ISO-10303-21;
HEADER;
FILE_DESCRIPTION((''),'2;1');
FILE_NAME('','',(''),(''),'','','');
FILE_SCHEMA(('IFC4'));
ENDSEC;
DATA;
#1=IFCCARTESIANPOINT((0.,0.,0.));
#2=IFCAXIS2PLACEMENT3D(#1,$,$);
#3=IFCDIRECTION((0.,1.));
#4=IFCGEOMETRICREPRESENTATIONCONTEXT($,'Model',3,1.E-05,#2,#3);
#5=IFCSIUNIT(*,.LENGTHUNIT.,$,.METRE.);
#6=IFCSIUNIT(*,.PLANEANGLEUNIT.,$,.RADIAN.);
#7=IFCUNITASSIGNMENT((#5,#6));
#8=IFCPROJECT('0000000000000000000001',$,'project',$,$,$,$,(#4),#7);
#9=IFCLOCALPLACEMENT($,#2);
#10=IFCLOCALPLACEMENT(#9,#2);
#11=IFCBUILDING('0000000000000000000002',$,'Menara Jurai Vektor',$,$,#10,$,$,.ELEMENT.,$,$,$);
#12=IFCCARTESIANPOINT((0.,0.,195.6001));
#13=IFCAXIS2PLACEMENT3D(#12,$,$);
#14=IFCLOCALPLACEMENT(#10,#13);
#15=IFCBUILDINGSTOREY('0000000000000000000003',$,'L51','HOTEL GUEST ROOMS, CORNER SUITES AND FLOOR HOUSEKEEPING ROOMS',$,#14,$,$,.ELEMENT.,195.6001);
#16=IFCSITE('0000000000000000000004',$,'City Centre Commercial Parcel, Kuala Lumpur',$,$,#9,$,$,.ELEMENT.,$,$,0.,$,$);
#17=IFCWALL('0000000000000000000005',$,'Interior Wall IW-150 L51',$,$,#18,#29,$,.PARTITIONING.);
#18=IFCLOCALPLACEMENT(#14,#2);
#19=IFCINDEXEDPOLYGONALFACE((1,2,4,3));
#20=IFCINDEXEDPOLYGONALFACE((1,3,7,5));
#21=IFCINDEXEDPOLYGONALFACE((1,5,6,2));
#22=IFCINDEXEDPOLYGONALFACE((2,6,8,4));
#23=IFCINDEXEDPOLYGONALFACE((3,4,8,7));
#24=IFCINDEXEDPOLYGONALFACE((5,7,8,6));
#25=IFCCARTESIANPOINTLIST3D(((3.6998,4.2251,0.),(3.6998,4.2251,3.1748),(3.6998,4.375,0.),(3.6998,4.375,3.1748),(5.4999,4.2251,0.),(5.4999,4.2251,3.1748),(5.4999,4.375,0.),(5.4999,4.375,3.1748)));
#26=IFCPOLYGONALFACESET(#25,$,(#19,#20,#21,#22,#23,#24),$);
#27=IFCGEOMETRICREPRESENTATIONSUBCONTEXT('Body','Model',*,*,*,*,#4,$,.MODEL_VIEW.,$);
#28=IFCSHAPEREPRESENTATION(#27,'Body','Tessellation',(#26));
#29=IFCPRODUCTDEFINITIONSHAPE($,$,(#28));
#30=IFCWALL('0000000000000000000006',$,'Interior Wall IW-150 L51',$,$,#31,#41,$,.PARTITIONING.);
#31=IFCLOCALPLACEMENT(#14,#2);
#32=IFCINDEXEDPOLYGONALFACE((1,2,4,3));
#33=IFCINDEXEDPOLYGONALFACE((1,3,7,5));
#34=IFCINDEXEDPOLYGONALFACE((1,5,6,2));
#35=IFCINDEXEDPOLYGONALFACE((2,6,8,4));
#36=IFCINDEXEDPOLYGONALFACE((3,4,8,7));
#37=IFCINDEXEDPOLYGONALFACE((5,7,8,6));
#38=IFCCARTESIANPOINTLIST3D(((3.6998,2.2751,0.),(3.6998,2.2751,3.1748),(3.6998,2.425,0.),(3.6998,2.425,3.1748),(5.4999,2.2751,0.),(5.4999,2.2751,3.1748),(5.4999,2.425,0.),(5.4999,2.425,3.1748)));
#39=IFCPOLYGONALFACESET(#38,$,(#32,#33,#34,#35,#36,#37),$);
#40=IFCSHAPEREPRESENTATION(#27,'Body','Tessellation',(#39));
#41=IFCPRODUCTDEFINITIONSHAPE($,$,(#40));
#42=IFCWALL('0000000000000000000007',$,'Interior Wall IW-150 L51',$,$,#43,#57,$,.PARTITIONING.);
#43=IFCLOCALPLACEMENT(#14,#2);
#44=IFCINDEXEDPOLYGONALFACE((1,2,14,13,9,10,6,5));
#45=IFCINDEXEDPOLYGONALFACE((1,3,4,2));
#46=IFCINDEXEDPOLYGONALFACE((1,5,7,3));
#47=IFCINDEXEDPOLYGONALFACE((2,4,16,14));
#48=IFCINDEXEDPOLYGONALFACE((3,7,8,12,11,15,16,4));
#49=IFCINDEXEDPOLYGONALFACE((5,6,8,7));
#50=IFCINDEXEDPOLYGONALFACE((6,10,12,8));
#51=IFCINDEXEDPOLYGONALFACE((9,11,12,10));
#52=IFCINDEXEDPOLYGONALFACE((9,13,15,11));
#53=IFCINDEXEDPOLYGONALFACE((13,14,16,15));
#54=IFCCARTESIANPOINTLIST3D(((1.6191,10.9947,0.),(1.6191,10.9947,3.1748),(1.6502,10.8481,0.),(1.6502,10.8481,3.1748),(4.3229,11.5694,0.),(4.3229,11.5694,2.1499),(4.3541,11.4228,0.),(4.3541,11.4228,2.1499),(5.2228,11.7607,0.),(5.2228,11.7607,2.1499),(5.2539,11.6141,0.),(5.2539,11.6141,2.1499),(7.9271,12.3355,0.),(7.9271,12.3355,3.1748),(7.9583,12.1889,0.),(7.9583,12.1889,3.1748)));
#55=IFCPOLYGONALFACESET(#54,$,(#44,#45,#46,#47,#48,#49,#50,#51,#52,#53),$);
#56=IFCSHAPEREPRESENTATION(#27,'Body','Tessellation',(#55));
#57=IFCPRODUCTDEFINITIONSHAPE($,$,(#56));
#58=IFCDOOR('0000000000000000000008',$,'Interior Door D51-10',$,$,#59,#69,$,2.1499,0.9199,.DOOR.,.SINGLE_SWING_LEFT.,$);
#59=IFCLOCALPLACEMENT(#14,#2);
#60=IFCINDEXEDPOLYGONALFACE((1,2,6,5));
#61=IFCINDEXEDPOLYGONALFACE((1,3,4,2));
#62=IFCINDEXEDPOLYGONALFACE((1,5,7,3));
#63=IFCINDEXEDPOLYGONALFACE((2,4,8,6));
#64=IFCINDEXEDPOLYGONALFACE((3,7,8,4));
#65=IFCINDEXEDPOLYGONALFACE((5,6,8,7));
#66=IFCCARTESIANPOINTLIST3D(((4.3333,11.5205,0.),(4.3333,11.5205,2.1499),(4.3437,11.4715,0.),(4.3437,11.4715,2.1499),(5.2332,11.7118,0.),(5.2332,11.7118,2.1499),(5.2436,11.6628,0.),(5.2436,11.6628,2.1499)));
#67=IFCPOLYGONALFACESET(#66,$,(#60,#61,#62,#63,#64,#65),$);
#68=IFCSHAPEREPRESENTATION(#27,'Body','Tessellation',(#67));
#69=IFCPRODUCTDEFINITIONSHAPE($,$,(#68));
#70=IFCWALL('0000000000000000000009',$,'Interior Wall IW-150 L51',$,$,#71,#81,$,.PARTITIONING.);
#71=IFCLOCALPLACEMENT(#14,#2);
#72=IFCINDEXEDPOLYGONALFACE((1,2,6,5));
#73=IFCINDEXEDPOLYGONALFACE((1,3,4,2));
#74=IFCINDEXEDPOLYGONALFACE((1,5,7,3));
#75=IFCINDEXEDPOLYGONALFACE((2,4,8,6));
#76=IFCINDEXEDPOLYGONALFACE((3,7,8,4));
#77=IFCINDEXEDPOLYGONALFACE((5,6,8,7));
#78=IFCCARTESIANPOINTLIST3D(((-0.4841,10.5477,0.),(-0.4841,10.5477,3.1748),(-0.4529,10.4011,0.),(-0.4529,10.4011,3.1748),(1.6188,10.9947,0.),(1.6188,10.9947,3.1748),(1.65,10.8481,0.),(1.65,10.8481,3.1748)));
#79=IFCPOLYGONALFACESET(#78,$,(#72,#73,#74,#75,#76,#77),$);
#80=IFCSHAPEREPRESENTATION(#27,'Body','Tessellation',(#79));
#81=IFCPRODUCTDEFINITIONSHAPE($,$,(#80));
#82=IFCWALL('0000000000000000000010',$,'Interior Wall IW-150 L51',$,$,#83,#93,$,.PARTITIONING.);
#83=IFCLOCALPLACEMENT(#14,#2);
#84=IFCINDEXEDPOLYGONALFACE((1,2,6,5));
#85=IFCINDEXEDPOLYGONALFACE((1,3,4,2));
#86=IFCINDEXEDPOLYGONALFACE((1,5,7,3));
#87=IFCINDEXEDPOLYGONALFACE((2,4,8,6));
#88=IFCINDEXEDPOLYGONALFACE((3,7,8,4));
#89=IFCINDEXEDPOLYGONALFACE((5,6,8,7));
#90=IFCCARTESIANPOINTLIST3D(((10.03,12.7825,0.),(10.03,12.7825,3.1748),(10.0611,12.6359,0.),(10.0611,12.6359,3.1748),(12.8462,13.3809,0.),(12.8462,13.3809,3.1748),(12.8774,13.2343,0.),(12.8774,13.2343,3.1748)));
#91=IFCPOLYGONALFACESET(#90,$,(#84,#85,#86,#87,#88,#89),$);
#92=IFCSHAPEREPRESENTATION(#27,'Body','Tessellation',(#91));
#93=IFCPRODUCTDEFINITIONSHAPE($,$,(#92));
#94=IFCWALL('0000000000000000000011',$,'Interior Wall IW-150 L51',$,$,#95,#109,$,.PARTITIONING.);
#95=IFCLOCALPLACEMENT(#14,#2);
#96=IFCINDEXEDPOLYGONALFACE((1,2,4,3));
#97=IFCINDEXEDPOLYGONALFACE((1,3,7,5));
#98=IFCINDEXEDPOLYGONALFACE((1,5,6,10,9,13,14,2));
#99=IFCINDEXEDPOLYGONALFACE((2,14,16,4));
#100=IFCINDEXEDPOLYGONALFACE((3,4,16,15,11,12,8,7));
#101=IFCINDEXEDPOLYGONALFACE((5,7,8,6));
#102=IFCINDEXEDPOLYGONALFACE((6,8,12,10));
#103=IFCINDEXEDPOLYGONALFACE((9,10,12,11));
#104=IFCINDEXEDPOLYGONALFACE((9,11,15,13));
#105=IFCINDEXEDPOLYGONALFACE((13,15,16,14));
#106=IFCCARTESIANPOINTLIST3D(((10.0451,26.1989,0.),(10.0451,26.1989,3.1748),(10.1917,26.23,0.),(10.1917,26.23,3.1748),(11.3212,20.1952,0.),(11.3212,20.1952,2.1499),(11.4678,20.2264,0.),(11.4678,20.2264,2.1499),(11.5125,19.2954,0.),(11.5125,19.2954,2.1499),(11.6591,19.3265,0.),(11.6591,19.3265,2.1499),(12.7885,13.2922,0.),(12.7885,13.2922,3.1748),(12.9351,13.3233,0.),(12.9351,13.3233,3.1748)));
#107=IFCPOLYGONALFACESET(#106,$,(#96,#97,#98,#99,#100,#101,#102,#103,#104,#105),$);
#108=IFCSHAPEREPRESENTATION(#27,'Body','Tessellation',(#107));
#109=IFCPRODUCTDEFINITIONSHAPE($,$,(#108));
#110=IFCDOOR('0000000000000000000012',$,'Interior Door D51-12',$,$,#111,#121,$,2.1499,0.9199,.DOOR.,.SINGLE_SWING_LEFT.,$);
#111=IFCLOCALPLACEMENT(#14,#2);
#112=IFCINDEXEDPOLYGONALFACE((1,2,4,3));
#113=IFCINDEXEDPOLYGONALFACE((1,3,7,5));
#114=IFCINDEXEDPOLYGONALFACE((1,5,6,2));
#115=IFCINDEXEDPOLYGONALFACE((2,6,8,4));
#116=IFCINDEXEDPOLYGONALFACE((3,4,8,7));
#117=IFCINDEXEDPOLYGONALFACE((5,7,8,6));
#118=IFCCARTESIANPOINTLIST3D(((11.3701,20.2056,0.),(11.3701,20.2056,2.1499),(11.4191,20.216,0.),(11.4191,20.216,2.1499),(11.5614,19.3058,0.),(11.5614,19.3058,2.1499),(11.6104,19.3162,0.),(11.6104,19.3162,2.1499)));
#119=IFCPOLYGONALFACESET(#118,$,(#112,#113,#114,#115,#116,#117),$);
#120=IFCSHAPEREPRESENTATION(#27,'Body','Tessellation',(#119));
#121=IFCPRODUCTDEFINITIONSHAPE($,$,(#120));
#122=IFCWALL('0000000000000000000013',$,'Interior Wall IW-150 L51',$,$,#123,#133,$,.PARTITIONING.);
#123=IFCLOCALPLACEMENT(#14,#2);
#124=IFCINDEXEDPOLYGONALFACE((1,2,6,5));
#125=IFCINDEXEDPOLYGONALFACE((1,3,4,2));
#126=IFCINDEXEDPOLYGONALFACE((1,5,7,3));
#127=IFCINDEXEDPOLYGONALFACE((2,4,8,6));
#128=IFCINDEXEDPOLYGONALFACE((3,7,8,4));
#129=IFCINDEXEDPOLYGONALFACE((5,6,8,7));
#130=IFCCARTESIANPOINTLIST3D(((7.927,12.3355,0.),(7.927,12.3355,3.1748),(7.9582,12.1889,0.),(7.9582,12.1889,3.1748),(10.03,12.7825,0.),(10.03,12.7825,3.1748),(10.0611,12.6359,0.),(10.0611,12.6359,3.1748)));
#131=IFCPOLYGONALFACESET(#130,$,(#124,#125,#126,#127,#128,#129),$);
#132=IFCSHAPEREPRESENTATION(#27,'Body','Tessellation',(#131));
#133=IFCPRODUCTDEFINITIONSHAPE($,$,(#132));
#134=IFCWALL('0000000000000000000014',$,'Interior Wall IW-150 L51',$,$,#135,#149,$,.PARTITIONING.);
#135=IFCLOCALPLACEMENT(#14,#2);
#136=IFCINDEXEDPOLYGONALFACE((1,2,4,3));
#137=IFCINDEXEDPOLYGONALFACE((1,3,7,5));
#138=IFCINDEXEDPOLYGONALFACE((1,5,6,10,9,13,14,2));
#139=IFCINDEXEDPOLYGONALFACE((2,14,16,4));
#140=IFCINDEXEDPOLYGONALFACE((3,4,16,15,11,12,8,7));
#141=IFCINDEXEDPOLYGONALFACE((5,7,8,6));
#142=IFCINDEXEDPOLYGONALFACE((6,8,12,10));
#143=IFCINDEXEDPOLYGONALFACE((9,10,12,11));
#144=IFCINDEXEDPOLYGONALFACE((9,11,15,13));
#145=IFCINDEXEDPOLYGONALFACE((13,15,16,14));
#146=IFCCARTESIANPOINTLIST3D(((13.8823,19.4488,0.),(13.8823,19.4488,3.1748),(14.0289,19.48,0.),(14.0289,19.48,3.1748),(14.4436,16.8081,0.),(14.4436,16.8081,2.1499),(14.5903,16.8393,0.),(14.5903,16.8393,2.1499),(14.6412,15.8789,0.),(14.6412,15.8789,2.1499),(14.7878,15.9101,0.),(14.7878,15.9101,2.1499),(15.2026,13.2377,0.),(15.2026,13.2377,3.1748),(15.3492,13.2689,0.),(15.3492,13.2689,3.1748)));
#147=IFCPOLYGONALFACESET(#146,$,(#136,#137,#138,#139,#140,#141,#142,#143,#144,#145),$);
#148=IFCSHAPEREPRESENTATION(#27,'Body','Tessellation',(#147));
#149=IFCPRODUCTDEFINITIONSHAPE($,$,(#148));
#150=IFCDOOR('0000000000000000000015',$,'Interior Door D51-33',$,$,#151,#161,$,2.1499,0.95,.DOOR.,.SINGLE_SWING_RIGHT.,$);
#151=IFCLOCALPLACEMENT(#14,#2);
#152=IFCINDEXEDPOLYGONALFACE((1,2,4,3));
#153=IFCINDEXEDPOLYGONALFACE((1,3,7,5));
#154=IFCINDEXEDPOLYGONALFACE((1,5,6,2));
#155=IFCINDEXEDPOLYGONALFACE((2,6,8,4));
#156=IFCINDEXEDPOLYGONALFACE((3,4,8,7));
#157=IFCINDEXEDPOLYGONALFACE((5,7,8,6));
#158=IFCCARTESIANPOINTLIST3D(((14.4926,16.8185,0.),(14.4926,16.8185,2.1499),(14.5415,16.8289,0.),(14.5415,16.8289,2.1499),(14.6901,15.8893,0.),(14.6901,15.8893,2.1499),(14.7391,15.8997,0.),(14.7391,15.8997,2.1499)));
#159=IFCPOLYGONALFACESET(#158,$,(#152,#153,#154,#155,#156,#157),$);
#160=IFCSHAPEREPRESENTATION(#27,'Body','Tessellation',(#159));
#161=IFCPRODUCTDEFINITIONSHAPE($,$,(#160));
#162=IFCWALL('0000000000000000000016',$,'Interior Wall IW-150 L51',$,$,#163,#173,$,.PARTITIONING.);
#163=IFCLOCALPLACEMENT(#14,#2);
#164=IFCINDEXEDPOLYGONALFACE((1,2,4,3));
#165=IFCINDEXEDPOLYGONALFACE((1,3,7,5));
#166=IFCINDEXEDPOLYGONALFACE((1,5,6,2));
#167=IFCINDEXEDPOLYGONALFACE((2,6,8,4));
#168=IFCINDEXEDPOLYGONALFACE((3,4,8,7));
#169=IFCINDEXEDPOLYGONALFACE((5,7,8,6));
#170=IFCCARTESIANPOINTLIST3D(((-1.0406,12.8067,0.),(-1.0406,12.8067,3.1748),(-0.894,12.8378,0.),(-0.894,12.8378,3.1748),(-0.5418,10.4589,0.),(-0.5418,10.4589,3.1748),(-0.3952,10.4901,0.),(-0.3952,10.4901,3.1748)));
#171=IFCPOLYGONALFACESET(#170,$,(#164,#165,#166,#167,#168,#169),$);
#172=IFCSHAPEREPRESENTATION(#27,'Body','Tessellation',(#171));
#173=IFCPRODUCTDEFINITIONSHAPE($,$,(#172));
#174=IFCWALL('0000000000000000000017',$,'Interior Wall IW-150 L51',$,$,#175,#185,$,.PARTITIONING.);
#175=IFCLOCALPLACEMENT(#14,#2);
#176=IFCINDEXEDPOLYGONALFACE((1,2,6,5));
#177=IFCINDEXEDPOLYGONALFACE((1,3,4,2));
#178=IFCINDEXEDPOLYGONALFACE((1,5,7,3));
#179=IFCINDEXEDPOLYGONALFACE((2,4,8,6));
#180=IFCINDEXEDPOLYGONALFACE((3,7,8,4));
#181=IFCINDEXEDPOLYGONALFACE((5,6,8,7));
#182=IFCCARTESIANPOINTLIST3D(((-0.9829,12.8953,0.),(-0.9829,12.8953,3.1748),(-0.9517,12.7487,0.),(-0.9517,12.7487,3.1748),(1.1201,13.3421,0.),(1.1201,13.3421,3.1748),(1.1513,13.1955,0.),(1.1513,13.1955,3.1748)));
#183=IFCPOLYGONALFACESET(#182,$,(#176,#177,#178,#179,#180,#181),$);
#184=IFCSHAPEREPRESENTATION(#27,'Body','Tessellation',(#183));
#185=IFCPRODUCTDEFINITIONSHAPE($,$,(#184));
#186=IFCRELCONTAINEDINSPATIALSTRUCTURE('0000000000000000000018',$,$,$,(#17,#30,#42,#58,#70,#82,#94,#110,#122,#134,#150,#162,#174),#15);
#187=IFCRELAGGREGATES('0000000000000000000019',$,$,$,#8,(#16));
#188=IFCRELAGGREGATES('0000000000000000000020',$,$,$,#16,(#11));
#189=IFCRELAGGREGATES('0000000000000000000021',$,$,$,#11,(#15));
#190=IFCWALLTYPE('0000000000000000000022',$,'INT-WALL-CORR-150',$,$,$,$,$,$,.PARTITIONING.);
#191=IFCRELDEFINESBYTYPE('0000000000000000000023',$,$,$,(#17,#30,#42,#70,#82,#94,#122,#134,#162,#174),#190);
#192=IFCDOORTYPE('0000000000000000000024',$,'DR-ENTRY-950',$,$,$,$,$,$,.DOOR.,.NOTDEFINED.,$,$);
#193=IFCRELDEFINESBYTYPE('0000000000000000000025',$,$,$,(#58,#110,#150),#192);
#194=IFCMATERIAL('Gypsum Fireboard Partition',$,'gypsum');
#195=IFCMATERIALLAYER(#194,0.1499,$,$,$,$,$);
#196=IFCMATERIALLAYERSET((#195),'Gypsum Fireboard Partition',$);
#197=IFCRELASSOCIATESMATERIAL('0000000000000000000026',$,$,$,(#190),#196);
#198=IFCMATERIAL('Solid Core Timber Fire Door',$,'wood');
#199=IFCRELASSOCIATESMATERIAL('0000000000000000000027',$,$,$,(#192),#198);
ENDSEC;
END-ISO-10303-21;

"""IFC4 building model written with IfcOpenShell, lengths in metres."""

from ifc_helpers import new_model, si_unit, direction, frame, frame_2d, origin, place, context, subcontext, project, spatial, rectangle, extrude, material, layer, layer_set, type_object, element, fill, save


model = new_model("IFC4")

# Units and contexts
model_context = context("Model", 3, precision=1e-05, world=origin(), true_north=direction((0.0, 1.0)))
body_context = subcontext(model_context, "Body", "Model", "MODEL_VIEW")
ifc_project = project(units=[si_unit("LENGTHUNIT", "METRE"), si_unit("PLANEANGLEUNIT", "RADIAN")], contexts=[model_context])

# Site, building, storey
site_placement = place(None, origin())
site = spatial("IfcSite", under=ifc_project, at=site_placement, Name="City Centre Commercial Parcel, Kuala Lumpur", CompositionType="ELEMENT", RefElevation=0.0)
building_placement = place(site_placement, origin())
building = spatial("IfcBuilding", under=site, at=building_placement, Name="Menara Jurai Vektor", CompositionType="ELEMENT")
storey_placement = place(building_placement, frame((0.0, 0.0, 195.6001)))
storey = spatial("IfcBuildingStorey", under=building, at=storey_placement, Name="L51", Description="HOTEL GUEST ROOMS, CORNER SUITES AND FLOOR HOUSEKEEPING ROOMS", CompositionType="ELEMENT", Elevation=195.6001)

# Walls
ifc_material_1 = material(Name="Gypsum Fireboard Partition", Category="gypsum")
ifc_layer_1 = layer(ifc_material_1, 0.1499)
ifc_layer_set_1 = layer_set([ifc_layer_1], Name="Gypsum Fireboard Partition")
wall_type_1 = type_object("IfcWallType", Name="INT-WALL-CORR-150", PredefinedType="PARTITIONING", material=ifc_layer_set_1)
for number, where, z_axis, x_axis, name in (
    (1, (3.7, 4.3, 0.0), (0.0, 0.0, 1.0), (1.0, 0.0, 0.0), "Interior Wall IW-150 L51"),
    (2, (3.7, 2.3501, 0.0), (0.0, 0.0, 1.0), (1.0, 0.0, 0.0), "Interior Wall IW-150 L51"),
):
    element("IfcWall", number, at=place(storey_placement, frame(where, z_axis=z_axis, x_axis=x_axis)), inside=storey, type_object=wall_type_1, Name=name, PredefinedType="PARTITIONING", context=body_context, shape_type="SweptSolid", body=[
        extrude(rectangle(XDim=1.8, YDim=0.1499, at=frame_2d((0.8999, 0.0))), origin(), (0.0, 0.0, 1.0), 3.1748),
    ])

# Wall, opening, door
wall_1_placement = place(storey_placement, frame((1.6345, 10.9214, 0.0), z_axis=(0.0, 0.0, 1.0), x_axis=(0.978148, 0.20791, 0.0)))
wall_1 = element("IfcWall", 3, at=wall_1_placement, inside=storey, type_object=wall_type_1, Name="Interior Wall IW-150 L51", PredefinedType="PARTITIONING", context=body_context, shape_type="SweptSolid", body=[
    extrude(rectangle(XDim=6.449, YDim=0.1499, at=frame_2d((3.2246, 0.0))), origin(), (0.0, 0.0, 1.0), 3.1748),
])
opening_1_placement = place(wall_1_placement, frame((2.7644, 0.0, 0.0)))
opening_1 = element("IfcOpeningElement", 4, at=opening_1_placement, cuts=wall_1, PredefinedType="OPENING", context=body_context, shape_type="SweptSolid", body=[
    extrude(rectangle(XDim=0.9199, YDim=2.1499, at=frame_2d((0.46, 1.075))), frame((0.0, 0.085, 0.0), z_axis=(0.0, -1.0, 0.0), x_axis=(1.0, 0.0, 0.0)), (0.0, 0.0, 1.0), 0.1699),
])
ifc_material_2 = material(Name="Solid Core Timber Fire Door", Category="wood")
door_type_1 = type_object("IfcDoorType", Name="DR-ENTRY-950", OperationType="NOTDEFINED", PredefinedType="DOOR", material=ifc_material_2)
door_1_placement = place(opening_1_placement, origin())
door_1 = element("IfcDoor", 5, at=door_1_placement, inside=storey, type_object=door_type_1, Name="Interior Door D51-10", OperationType="SINGLE_SWING_LEFT", OverallHeight=2.1499, OverallWidth=0.9199, PredefinedType="DOOR", context=body_context, shape_type="SweptSolid", body=[
    extrude(rectangle(XDim=0.9199, YDim=2.1499, at=frame_2d((0.46, 1.075))), frame((0.0, 0.0249, 0.0), z_axis=(0.0, -1.0, 0.0), x_axis=(1.0, 0.0, 0.0)), (0.0, 0.0, 1.0), 0.05),
])
fill(opening_1, door_1)

# Walls
wall_2_placement = place(storey_placement, frame((-0.4685, 10.4744, 0.0), z_axis=(0.0, 0.0, 1.0), x_axis=(0.978147, 0.207916, 0.0)))
element("IfcWall", 6, at=wall_2_placement, inside=storey, type_object=wall_type_1, Name="Interior Wall IW-150 L51", PredefinedType="PARTITIONING", context=body_context, shape_type="SweptSolid", body=[
    extrude(rectangle(XDim=2.1499, YDim=0.1499, at=frame_2d((1.075, 0.0))), origin(), (0.0, 0.0, 1.0), 3.1748),
])
wall_3_placement = place(storey_placement, frame((10.0457, 12.7092, 0.0), z_axis=(0.0, 0.0, 1.0), x_axis=(0.978162, 0.207844, 0.0)))
element("IfcWall", 7, at=wall_3_placement, inside=storey, type_object=wall_type_1, Name="Interior Wall IW-150 L51", PredefinedType="PARTITIONING", context=body_context, shape_type="SweptSolid", body=[
    extrude(rectangle(XDim=2.8792, YDim=0.1499, at=frame_2d((1.4395, 0.0))), origin(), (0.0, 0.0, 1.0), 3.1748),
])

# Wall, opening, door
wall_4_placement = place(storey_placement, frame((12.8618, 13.3076, 0.0), z_axis=(0.0, 0.0, 1.0), x_axis=(-0.207911, 0.978148, 0.0)))
wall_4 = element("IfcWall", 8, at=wall_4_placement, inside=storey, type_object=wall_type_1, Name="Interior Wall IW-150 L51", PredefinedType="PARTITIONING", context=body_context, shape_type="SweptSolid", body=[
    extrude(rectangle(XDim=13.1951, YDim=0.1499, at=frame_2d((6.5977, 0.0))), origin(), (0.0, 0.0, 1.0), 3.1748),
])
opening_2_placement = place(wall_4_placement, frame((6.1375, 0.0, 0.0)))
opening_2 = element("IfcOpeningElement", 9, at=opening_2_placement, cuts=wall_4, PredefinedType="OPENING", context=body_context, shape_type="SweptSolid", body=[
    extrude(rectangle(XDim=0.9199, YDim=2.1499, at=frame_2d((0.46, 1.075))), frame((0.0, 0.085, 0.0), z_axis=(0.0, -1.0, 0.0), x_axis=(1.0, 0.0, 0.0)), (0.0, 0.0, 1.0), 0.1699),
])
door_2_placement = place(opening_2_placement, origin())
door_2 = element("IfcDoor", 10, at=door_2_placement, inside=storey, type_object=door_type_1, Name="Interior Door D51-12", OperationType="SINGLE_SWING_LEFT", OverallHeight=2.1499, OverallWidth=0.9199, PredefinedType="DOOR", context=body_context, shape_type="SweptSolid", body=[
    extrude(rectangle(XDim=0.9199, YDim=2.1499, at=frame_2d((0.46, 1.075))), frame((0.0, 0.0249, 0.0), z_axis=(0.0, -1.0, 0.0), x_axis=(1.0, 0.0, 0.0)), (0.0, 0.0, 1.0), 0.05),
])
fill(opening_2, door_2)

# Wall
wall_5_placement = place(storey_placement, frame((7.9426, 12.2622, 0.0), z_axis=(0.0, 0.0, 1.0), x_axis=(0.978147, 0.207916, 0.0)))
element("IfcWall", 11, at=wall_5_placement, inside=storey, type_object=wall_type_1, Name="Interior Wall IW-150 L51", PredefinedType="PARTITIONING", context=body_context, shape_type="SweptSolid", body=[
    extrude(rectangle(XDim=2.1499, YDim=0.1499, at=frame_2d((1.075, 0.0))), origin(), (0.0, 0.0, 1.0), 3.1748),
])

# Wall, opening, door
wall_6_placement = place(storey_placement, frame((15.2759, 13.2534, 0.0), z_axis=(0.0, 0.0, 1.0), x_axis=(-0.207925, 0.978145, 0.0)))
wall_6 = element("IfcWall", 12, at=wall_6_placement, inside=storey, type_object=wall_type_1, Name="Interior Wall IW-150 L51", PredefinedType="PARTITIONING", context=body_context, shape_type="SweptSolid", body=[
    extrude(rectangle(XDim=6.3499, YDim=0.1499, at=frame_2d((3.1748, 0.0))), origin(), (0.0, 0.0, 1.0), 3.1748),
])
opening_3_placement = place(wall_6_placement, frame((2.7, 0.0, 0.0)))
opening_3 = element("IfcOpeningElement", 13, at=opening_3_placement, cuts=wall_6, PredefinedType="OPENING", context=body_context, shape_type="SweptSolid", body=[
    extrude(rectangle(XDim=0.95, YDim=2.1499, at=frame_2d((0.4751, 1.075))), frame((0.0, 0.085, 0.0), z_axis=(0.0, -1.0, 0.0), x_axis=(1.0, 0.0, 0.0)), (0.0, 0.0, 1.0), 0.1699),
])
door_3_placement = place(opening_3_placement, origin())
door_3 = element("IfcDoor", 14, at=door_3_placement, inside=storey, type_object=door_type_1, Name="Interior Door D51-33", OperationType="SINGLE_SWING_RIGHT", OverallHeight=2.1499, OverallWidth=0.95, PredefinedType="DOOR", context=body_context, shape_type="SweptSolid", body=[
    extrude(rectangle(XDim=0.95, YDim=2.1499, at=frame_2d((0.4751, 1.075))), frame((0.0, 0.0249, 0.0), z_axis=(0.0, -1.0, 0.0), x_axis=(1.0, 0.0, 0.0)), (0.0, 0.0, 1.0), 0.05),
])
fill(opening_3, door_3)

# Walls
wall_7_placement = place(storey_placement, frame((-0.4685, 10.4744, 0.0), z_axis=(0.0, 0.0, 1.0), x_axis=(-0.20782, 0.978167, 0.0)))
element("IfcWall", 15, at=wall_7_placement, inside=storey, type_object=wall_type_1, Name="Interior Wall IW-150 L51", PredefinedType="PARTITIONING", context=body_context, shape_type="SweptSolid", body=[
    extrude(rectangle(XDim=2.4001, YDim=0.1499, at=frame_2d((1.2002, 0.0))), origin(), (0.0, 0.0, 1.0), 3.1748),
])
wall_8_placement = place(storey_placement, frame((-0.9673, 12.822, 0.0), z_axis=(0.0, 0.0, 1.0), x_axis=(0.97817, 0.207807, 0.0)))
element("IfcWall", 16, at=wall_8_placement, inside=storey, type_object=wall_type_1, Name="Interior Wall IW-150 L51", PredefinedType="PARTITIONING", context=body_context, shape_type="SweptSolid", body=[
    extrude(rectangle(XDim=2.1499, YDim=0.1499, at=frame_2d((1.075, 0.0))), origin(), (0.0, 0.0, 1.0), 3.1748),
])

save(model, "model.ifc")
